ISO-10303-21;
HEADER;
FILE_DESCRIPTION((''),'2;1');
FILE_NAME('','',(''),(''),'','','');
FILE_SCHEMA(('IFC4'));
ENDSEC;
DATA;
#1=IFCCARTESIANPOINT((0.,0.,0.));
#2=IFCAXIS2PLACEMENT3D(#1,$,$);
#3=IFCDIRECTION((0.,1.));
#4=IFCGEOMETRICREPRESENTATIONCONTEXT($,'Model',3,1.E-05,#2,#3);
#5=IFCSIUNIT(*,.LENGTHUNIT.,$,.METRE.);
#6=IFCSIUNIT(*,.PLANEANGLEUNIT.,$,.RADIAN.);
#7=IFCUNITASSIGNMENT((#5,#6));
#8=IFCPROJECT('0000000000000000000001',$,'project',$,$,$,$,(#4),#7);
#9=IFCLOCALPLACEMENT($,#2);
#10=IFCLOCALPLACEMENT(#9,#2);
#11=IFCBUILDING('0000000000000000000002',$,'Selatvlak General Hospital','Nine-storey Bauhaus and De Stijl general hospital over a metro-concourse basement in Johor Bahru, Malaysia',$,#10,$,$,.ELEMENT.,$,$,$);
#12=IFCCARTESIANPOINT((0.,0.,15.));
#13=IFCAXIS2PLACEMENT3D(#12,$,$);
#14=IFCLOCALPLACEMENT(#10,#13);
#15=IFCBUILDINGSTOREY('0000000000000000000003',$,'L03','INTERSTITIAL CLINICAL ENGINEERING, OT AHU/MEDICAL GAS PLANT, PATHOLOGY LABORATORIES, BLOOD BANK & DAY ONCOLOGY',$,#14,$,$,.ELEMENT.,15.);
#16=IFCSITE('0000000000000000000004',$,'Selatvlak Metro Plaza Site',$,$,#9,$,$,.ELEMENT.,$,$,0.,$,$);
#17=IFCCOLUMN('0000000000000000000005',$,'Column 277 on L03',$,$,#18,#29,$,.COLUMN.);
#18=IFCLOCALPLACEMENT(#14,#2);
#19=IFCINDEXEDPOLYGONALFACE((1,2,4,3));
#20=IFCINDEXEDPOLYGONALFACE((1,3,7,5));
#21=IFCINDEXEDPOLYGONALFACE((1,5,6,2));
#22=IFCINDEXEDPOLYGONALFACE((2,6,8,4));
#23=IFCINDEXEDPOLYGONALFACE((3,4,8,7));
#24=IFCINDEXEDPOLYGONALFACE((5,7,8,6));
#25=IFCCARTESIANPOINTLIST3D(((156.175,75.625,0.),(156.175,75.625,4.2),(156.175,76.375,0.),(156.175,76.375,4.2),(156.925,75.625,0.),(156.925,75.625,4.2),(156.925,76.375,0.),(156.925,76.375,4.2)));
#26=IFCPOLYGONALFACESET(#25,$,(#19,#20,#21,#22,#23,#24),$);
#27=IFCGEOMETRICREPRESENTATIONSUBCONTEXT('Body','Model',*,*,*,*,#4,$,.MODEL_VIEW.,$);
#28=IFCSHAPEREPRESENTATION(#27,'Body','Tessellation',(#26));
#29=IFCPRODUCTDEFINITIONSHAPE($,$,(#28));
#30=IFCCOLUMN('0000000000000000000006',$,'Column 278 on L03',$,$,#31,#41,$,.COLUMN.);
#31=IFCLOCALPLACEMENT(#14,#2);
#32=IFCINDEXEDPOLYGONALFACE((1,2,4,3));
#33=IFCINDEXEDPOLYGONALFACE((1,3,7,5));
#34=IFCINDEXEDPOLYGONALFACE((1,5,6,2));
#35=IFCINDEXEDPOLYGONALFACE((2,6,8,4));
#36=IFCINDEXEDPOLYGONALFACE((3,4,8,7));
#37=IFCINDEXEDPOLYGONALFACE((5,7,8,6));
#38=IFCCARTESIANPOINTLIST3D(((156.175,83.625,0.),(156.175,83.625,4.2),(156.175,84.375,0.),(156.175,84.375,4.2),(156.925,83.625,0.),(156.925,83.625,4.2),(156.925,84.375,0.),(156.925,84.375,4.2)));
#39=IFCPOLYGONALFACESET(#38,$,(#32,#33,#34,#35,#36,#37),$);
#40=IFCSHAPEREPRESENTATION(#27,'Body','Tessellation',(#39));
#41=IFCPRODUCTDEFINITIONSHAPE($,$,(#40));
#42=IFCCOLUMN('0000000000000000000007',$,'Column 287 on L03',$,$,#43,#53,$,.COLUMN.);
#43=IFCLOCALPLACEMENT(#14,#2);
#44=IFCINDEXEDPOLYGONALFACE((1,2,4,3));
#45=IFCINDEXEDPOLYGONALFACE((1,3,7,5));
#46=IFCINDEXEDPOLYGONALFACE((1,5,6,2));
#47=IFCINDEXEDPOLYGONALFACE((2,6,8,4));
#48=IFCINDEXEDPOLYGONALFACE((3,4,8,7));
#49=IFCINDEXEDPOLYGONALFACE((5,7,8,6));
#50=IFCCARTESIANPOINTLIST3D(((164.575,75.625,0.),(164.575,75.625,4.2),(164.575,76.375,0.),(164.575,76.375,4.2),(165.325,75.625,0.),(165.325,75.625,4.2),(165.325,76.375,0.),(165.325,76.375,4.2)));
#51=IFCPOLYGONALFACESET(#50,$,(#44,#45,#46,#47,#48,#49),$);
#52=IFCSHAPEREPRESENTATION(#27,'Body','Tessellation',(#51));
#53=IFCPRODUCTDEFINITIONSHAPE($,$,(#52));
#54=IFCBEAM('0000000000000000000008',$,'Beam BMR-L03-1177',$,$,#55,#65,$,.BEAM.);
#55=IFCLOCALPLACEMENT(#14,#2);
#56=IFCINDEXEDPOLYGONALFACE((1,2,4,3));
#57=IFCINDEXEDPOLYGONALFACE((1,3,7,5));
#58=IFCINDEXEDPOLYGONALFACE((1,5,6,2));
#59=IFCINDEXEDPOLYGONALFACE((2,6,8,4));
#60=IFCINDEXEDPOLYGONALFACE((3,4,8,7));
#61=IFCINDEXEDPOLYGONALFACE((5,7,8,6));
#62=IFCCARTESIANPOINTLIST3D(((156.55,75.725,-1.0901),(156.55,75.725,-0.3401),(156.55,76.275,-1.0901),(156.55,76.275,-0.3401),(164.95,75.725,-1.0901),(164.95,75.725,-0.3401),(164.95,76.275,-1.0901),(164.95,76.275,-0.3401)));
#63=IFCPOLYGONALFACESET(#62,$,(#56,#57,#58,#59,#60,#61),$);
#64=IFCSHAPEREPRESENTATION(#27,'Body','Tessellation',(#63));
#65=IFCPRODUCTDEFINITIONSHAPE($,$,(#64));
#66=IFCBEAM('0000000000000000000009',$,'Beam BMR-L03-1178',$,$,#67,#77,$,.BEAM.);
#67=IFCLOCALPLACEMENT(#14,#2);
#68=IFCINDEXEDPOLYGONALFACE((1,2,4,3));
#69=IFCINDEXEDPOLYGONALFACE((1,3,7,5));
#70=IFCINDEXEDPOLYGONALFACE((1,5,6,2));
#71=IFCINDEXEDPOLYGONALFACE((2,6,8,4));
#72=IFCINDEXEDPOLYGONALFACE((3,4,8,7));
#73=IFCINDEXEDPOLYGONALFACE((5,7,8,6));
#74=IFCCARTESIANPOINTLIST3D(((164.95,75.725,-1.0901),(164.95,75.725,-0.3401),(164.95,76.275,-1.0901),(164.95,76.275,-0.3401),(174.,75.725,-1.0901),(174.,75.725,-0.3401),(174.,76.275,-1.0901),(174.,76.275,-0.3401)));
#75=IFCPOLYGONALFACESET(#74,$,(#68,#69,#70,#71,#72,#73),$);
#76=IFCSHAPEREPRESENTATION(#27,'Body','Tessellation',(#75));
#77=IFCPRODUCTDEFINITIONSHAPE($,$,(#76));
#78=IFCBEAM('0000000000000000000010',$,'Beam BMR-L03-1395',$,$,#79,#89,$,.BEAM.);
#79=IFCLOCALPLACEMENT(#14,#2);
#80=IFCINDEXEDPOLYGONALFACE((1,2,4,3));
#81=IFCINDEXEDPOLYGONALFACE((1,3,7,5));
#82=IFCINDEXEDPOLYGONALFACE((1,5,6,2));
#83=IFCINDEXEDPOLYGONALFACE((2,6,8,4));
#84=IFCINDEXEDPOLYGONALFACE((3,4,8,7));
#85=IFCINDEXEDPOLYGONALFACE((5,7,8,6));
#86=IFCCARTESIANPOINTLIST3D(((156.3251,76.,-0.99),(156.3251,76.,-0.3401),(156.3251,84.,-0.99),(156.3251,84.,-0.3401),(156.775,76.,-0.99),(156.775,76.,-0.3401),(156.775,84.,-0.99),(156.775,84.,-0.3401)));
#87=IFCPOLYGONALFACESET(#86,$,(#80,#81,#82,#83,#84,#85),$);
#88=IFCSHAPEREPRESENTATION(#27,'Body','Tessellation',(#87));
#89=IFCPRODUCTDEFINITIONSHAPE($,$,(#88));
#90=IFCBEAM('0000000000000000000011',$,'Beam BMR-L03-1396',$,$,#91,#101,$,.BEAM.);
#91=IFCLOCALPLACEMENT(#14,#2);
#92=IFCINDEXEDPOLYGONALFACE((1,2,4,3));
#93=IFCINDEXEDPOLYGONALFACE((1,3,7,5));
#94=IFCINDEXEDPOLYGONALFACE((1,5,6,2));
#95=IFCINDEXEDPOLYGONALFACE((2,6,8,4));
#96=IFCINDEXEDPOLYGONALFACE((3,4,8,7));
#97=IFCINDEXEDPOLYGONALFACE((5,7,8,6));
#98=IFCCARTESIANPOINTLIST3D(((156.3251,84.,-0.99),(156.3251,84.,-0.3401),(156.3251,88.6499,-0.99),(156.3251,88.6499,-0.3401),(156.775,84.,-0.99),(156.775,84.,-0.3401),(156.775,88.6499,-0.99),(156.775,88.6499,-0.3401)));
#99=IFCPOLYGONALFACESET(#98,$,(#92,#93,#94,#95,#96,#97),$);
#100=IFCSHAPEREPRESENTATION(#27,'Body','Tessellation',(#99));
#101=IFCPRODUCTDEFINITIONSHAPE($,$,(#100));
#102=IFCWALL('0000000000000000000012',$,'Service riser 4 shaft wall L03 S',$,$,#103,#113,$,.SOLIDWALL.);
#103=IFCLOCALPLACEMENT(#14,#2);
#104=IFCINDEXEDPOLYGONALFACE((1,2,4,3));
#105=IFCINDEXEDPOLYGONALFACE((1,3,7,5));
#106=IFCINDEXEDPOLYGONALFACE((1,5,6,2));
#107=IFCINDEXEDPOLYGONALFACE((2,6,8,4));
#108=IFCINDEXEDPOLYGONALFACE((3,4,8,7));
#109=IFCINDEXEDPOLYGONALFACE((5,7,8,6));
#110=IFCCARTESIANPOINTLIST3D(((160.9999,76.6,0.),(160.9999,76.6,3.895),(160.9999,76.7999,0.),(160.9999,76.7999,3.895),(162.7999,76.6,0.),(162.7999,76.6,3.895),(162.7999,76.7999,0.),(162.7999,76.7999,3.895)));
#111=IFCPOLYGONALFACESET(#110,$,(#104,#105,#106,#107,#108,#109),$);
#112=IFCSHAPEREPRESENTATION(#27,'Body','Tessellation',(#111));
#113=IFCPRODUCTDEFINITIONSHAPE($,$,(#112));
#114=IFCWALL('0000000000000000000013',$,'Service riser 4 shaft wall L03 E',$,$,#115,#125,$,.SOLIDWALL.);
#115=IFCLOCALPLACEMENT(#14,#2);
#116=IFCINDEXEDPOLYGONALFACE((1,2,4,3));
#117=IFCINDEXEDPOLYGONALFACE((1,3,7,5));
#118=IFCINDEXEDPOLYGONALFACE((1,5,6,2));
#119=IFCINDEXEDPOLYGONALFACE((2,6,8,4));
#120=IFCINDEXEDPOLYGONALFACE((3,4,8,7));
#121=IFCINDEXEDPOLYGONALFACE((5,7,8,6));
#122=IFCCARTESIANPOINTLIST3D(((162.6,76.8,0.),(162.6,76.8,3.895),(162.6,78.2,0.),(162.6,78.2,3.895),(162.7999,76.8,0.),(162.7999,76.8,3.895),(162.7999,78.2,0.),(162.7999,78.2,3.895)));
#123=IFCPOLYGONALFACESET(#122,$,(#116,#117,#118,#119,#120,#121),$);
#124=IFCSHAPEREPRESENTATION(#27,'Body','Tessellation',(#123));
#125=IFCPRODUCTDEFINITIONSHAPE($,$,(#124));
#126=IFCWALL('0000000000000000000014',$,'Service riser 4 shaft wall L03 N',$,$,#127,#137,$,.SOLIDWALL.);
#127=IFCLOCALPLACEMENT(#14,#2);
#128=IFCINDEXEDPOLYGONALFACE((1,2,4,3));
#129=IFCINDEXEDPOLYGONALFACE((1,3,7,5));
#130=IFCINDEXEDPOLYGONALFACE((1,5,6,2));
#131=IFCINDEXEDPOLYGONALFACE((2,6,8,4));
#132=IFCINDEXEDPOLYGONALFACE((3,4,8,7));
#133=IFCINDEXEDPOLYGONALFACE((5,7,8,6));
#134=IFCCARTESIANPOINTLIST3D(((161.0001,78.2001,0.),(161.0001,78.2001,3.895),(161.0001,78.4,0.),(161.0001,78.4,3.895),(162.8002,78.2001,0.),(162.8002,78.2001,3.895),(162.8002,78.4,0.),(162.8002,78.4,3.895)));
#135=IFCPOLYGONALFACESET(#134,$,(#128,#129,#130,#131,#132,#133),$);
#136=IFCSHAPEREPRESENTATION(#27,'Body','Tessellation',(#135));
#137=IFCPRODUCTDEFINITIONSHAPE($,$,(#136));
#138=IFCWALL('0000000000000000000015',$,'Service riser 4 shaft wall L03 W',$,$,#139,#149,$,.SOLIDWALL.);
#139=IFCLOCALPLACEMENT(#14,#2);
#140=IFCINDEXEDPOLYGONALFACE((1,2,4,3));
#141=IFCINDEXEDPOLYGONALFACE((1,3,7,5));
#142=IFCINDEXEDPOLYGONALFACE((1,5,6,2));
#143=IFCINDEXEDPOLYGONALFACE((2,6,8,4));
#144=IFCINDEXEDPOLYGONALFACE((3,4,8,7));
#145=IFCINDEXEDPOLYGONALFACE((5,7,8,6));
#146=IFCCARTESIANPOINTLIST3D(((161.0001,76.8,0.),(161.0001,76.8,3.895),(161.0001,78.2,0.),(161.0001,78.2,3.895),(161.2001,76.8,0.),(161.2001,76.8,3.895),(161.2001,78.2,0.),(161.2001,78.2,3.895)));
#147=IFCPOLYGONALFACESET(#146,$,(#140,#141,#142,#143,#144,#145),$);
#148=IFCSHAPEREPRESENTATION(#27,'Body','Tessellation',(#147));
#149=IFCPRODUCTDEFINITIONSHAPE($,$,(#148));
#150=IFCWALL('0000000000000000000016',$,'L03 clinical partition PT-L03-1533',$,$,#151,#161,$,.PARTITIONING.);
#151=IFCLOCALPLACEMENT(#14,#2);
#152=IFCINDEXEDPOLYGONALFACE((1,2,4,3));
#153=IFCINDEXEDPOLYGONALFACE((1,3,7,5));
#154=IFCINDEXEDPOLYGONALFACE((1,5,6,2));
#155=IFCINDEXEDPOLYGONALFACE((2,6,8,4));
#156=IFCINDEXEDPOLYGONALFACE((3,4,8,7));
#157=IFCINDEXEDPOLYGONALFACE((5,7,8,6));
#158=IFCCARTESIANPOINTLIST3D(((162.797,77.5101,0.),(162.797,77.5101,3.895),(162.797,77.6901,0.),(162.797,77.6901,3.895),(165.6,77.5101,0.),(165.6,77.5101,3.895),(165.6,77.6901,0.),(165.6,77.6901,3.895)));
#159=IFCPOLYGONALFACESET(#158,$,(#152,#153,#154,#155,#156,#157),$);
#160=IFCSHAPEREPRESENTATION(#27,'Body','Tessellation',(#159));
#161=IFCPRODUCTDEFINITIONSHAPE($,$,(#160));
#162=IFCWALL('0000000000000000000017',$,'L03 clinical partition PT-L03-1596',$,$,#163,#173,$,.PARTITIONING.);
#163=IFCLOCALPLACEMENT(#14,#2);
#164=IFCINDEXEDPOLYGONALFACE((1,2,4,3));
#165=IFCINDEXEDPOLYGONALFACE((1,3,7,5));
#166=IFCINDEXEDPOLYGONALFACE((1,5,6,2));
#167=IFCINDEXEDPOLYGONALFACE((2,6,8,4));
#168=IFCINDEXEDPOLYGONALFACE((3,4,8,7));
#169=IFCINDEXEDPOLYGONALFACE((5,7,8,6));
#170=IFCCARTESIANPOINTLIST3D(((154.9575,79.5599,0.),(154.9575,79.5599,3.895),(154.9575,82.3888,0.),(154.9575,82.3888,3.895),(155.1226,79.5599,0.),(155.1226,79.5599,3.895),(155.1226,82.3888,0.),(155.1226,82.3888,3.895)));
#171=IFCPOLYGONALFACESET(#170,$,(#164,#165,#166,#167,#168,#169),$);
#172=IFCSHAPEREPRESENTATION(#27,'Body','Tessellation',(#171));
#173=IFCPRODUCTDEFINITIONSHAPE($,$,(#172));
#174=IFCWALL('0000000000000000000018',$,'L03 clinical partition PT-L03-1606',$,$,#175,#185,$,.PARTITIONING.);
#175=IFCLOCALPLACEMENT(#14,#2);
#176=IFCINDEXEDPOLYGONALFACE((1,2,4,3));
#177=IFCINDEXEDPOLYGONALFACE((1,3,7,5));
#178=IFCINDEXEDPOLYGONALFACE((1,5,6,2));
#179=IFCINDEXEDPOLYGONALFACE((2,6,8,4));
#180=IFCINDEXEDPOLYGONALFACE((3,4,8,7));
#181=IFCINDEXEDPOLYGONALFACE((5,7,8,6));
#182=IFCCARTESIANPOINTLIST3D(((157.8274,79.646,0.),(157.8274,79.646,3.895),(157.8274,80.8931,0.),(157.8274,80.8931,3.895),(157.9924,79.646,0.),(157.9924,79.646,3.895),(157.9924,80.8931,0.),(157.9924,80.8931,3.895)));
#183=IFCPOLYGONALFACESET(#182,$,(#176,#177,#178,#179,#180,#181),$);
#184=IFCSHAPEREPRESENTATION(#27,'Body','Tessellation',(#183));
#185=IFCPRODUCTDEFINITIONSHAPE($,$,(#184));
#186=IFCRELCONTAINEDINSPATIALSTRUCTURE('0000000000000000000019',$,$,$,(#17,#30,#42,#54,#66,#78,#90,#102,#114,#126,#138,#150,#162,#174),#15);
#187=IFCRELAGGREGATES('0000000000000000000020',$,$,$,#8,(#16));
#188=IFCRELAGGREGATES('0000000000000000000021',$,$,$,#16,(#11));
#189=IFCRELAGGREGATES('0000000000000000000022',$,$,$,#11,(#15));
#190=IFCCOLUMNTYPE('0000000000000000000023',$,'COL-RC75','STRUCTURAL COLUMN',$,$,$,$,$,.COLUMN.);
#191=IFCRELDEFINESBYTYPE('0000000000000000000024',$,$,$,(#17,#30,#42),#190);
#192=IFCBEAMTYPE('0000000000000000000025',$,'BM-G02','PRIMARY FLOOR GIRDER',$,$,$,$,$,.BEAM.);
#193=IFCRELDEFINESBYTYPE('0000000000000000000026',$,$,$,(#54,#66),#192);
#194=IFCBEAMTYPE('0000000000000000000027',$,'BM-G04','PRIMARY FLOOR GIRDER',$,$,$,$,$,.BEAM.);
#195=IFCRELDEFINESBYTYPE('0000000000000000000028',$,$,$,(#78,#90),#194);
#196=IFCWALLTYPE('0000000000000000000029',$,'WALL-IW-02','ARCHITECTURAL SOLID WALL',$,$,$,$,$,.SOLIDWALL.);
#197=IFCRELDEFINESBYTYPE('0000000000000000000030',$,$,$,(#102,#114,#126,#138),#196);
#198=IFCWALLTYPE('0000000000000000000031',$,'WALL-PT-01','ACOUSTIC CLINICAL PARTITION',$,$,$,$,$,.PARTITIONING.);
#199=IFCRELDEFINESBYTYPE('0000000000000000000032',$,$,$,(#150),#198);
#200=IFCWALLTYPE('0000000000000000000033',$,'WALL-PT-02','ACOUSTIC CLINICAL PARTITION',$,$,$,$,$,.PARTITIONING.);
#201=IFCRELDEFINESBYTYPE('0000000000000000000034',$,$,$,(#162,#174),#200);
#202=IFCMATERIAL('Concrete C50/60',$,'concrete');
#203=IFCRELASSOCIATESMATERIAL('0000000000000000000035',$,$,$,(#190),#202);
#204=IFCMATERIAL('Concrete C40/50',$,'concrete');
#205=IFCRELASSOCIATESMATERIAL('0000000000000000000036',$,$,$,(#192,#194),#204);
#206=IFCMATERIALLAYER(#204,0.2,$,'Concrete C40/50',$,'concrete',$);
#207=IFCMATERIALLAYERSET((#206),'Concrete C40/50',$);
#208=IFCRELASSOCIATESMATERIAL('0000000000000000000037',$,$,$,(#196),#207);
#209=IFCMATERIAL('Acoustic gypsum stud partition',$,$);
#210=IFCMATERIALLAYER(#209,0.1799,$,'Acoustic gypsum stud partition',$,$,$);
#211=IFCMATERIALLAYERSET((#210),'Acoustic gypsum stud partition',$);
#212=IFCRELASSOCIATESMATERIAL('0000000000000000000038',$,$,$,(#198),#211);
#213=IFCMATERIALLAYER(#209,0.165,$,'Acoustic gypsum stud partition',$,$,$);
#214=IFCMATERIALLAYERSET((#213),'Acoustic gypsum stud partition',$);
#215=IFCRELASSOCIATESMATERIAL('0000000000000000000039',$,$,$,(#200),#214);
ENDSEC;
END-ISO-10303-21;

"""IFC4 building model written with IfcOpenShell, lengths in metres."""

from ifc_helpers import new_model, si_unit, direction, frame, frame_2d, origin, origin_2d, place, context, subcontext, project, spatial, rectangle, extrude, material, layer, layer_set, material_profile, profile_set, type_object, element, save


model = new_model("IFC4")

# Units and contexts
model_context = context("Model", 3, precision=1e-05, world=origin(), true_north=direction((0.0, 1.0)))
body_context = subcontext(model_context, "Body", "Model", "MODEL_VIEW")
ifc_project = project(units=[si_unit("LENGTHUNIT", "METRE"), si_unit("PLANEANGLEUNIT", "RADIAN")], contexts=[model_context])

# Site, building, storey
site_placement = place(None, origin())
site = spatial("IfcSite", under=ifc_project, at=site_placement, Name="Selatvlak Metro Plaza Site", CompositionType="ELEMENT", RefElevation=0.0)
building_placement = place(site_placement, origin())
building = spatial("IfcBuilding", under=site, at=building_placement, Name="Selatvlak General Hospital", Description="Nine-storey Bauhaus and De Stijl general hospital over a metro-concourse basement in Johor Bahru, Malaysia", CompositionType="ELEMENT")
storey_placement = place(building_placement, frame((0.0, 0.0, 15.0)))
storey = spatial("IfcBuildingStorey", under=building, at=storey_placement, Name="L03", Description="INTERSTITIAL CLINICAL ENGINEERING, OT AHU/MEDICAL GAS PLANT, PATHOLOGY LABORATORIES, BLOOD BANK & DAY ONCOLOGY", CompositionType="ELEMENT", Elevation=15.0)

# Columns
ifc_material_1 = material(Name="Concrete C50/60", Category="concrete")
ifc_material_profile_1 = material_profile(ifc_material_1, rectangle(XDim=0.75, YDim=0.75, at=origin_2d()), Name="RC-COL 750x750")
ifc_profile_set_1 = profile_set([ifc_material_profile_1], Name="Concrete C50/60")
column_type = type_object("IfcColumnType", Name="COL-RC75", Description="STRUCTURAL COLUMN", PredefinedType="COLUMN", material=ifc_profile_set_1)
for number, where, z_axis, x_axis, name in (
    (1, (156.55, 76.0, 0.0), (0.0, 0.0, 1.0), (1.0, 0.0, 0.0), "Column 277 on L03"),
    (2, (156.55, 84.0, 0.0), (0.0, 0.0, 1.0), (1.0, 0.0, 0.0), "Column 278 on L03"),
    (3, (164.95, 76.0, 0.0), (0.0, 0.0, 1.0), (1.0, 0.0, 0.0), "Column 287 on L03"),
):
    element("IfcColumn", number, at=place(storey_placement, frame(where, z_axis=z_axis, x_axis=x_axis)), inside=storey, type_object=column_type, Name=name, PredefinedType="COLUMN", context=body_context, shape_type="SweptSolid", body=[
        extrude(rectangle(XDim=0.75, YDim=0.75, at=origin_2d()), origin(), (0.0, 0.0, 1.0), 4.2),
    ])

# Beams
ifc_material_2 = material(Name="Concrete C40/50", Category="concrete")
ifc_material_profile_2 = material_profile(ifc_material_2, rectangle(XDim=0.55, YDim=0.75, at=origin_2d()), Name="RC-BM 550x750")
ifc_profile_set_2 = profile_set([ifc_material_profile_2], Name="Concrete C40/50")
beam_type_1 = type_object("IfcBeamType", Name="BM-G02", Description="PRIMARY FLOOR GIRDER", PredefinedType="BEAM", material=ifc_profile_set_2)
beam_1_placement = place(storey_placement, frame((156.55, 76.0, -0.7151), z_axis=(1.0, 0.0, 0.0), x_axis=(0.0, 1.0, 0.0)))
element("IfcBeam", 4, at=beam_1_placement, inside=storey, type_object=beam_type_1, Name="Beam BMR-L03-1177", PredefinedType="BEAM", context=body_context, shape_type="SweptSolid", body=[
    extrude(rectangle(XDim=0.55, YDim=0.75, at=origin_2d()), origin(), (0.0, 0.0, 1.0), 8.3999),
])
beam_2_placement = place(storey_placement, frame((164.95, 76.0, -0.7151), z_axis=(1.0, 0.0, 0.0), x_axis=(0.0, 1.0, 0.0)))
element("IfcBeam", 5, at=beam_2_placement, inside=storey, type_object=beam_type_1, Name="Beam BMR-L03-1178", PredefinedType="BEAM", context=body_context, shape_type="SweptSolid", body=[
    extrude(rectangle(XDim=0.55, YDim=0.75, at=origin_2d()), origin(), (0.0, 0.0, 1.0), 9.05),
])
ifc_material_profile_3 = material_profile(ifc_material_2, rectangle(XDim=0.45, YDim=0.6499, at=origin_2d()), Name="RC-BM 450x650")
ifc_profile_set_3 = profile_set([ifc_material_profile_3], Name="Concrete C40/50")
beam_type_2 = type_object("IfcBeamType", Name="BM-G04", Description="PRIMARY FLOOR GIRDER", PredefinedType="BEAM", material=ifc_profile_set_3)
beam_3_placement = place(storey_placement, frame((156.55, 76.0, -0.665), z_axis=(0.0, 1.0, 0.0), x_axis=(-1.0, 0.0, 0.0)))
element("IfcBeam", 6, at=beam_3_placement, inside=storey, type_object=beam_type_2, Name="Beam BMR-L03-1395", PredefinedType="BEAM", context=body_context, shape_type="SweptSolid", body=[
    extrude(rectangle(XDim=0.45, YDim=0.6499, at=origin_2d()), origin(), (0.0, 0.0, 1.0), 8.0),
])
beam_4_placement = place(storey_placement, frame((156.55, 84.0, -0.665), z_axis=(0.0, 1.0, 0.0), x_axis=(-1.0, 0.0, 0.0)))
element("IfcBeam", 7, at=beam_4_placement, inside=storey, type_object=beam_type_2, Name="Beam BMR-L03-1396", PredefinedType="BEAM", context=body_context, shape_type="SweptSolid", body=[
    extrude(rectangle(XDim=0.45, YDim=0.6499, at=origin_2d()), origin(), (0.0, 0.0, 1.0), 4.6499),
])

# Walls
ifc_layer_1 = layer(ifc_material_2, 0.2, Name="Concrete C40/50", Category="concrete")
ifc_layer_set_1 = layer_set([ifc_layer_1], Name="Concrete C40/50")
wall_type_1 = type_object("IfcWallType", Name="WALL-IW-02", Description="ARCHITECTURAL SOLID WALL", PredefinedType="SOLIDWALL", material=ifc_layer_set_1)
wall_1_placement = place(storey_placement, frame((161.0, 76.7, 0.0), z_axis=(0.0, 0.0, 1.0), x_axis=(1.0, 0.0, 0.0)))
element("IfcWall", 8, at=wall_1_placement, inside=storey, type_object=wall_type_1, Name="Service riser 4 shaft wall L03 S", PredefinedType="SOLIDWALL", context=body_context, shape_type="SweptSolid", body=[
    extrude(rectangle(XDim=1.8, YDim=0.2, at=frame_2d((0.8999, 0.0))), origin(), (0.0, 0.0, 1.0), 3.895),
])
wall_2_placement = place(storey_placement, frame((162.7, 76.8, 0.0), z_axis=(0.0, 0.0, 1.0), x_axis=(0.0, 1.0, 0.0)))
element("IfcWall", 9, at=wall_2_placement, inside=storey, type_object=wall_type_1, Name="Service riser 4 shaft wall L03 E", PredefinedType="SOLIDWALL", context=body_context, shape_type="SweptSolid", body=[
    extrude(rectangle(XDim=1.3999, YDim=0.2, at=frame_2d((0.7, 0.0))), origin(), (0.0, 0.0, 1.0), 3.895),
])
wall_3_placement = place(storey_placement, frame((162.8, 78.3, 0.0), z_axis=(0.0, 0.0, 1.0), x_axis=(-1.0, 0.0, 0.0)))
element("IfcWall", 10, at=wall_3_placement, inside=storey, type_object=wall_type_1, Name="Service riser 4 shaft wall L03 N", PredefinedType="SOLIDWALL", context=body_context, shape_type="SweptSolid", body=[
    extrude(rectangle(XDim=1.8, YDim=0.2, at=frame_2d((0.8999, 0.0))), origin(), (0.0, 0.0, 1.0), 3.895),
])
wall_4_placement = place(storey_placement, frame((161.1001, 78.2, 0.0), z_axis=(0.0, 0.0, 1.0), x_axis=(0.0, -1.0, 0.0)))
element("IfcWall", 11, at=wall_4_placement, inside=storey, type_object=wall_type_1, Name="Service riser 4 shaft wall L03 W", PredefinedType="SOLIDWALL", context=body_context, shape_type="SweptSolid", body=[
    extrude(rectangle(XDim=1.3999, YDim=0.2, at=frame_2d((0.7, 0.0))), origin(), (0.0, 0.0, 1.0), 3.895),
])
ifc_material_3 = material(Name="Acoustic gypsum stud partition")
ifc_layer_2 = layer(ifc_material_3, 0.1799, Name="Acoustic gypsum stud partition")
ifc_layer_set_2 = layer_set([ifc_layer_2], Name="Acoustic gypsum stud partition")
wall_type_2 = type_object("IfcWallType", Name="WALL-PT-01", Description="ACOUSTIC CLINICAL PARTITION", PredefinedType="PARTITIONING", material=ifc_layer_set_2)
wall_5_placement = place(storey_placement, frame((162.7971, 77.6001, 0.0), z_axis=(0.0, 0.0, 1.0), x_axis=(1.0, 0.0, 0.0)))
element("IfcWall", 12, at=wall_5_placement, inside=storey, type_object=wall_type_2, Name="L03 clinical partition PT-L03-1533", PredefinedType="PARTITIONING", context=body_context, shape_type="SweptSolid", body=[
    extrude(rectangle(XDim=2.803, YDim=0.1799, at=frame_2d((1.4014, 0.0))), origin(), (0.0, 0.0, 1.0), 3.895),
])

# Walls
ifc_layer_3 = layer(ifc_material_3, 0.165, Name="Acoustic gypsum stud partition")
ifc_layer_set_3 = layer_set([ifc_layer_3], Name="Acoustic gypsum stud partition")
wall_type_3 = type_object("IfcWallType", Name="WALL-PT-02", Description="ACOUSTIC CLINICAL PARTITION", PredefinedType="PARTITIONING", material=ifc_layer_set_3)
wall_6_placement = place(storey_placement, frame((155.04, 82.3889, 0.0), z_axis=(0.0, 0.0, 1.0), x_axis=(0.0, -1.0, 0.0)))
element("IfcWall", 13, at=wall_6_placement, inside=storey, type_object=wall_type_3, Name="L03 clinical partition PT-L03-1596", PredefinedType="PARTITIONING", context=body_context, shape_type="SweptSolid", body=[
    extrude(rectangle(XDim=2.8289, YDim=0.165, at=frame_2d((1.4146, 0.0))), origin(), (0.0, 0.0, 1.0), 3.895),
])
wall_7_placement = place(storey_placement, frame((157.9099, 79.646, 0.0), z_axis=(0.0, 0.0, 1.0), x_axis=(0.0, 1.0, 0.0)))
element("IfcWall", 14, at=wall_7_placement, inside=storey, type_object=wall_type_3, Name="L03 clinical partition PT-L03-1606", PredefinedType="PARTITIONING", context=body_context, shape_type="SweptSolid", body=[
    extrude(rectangle(XDim=1.2471, YDim=0.165, at=frame_2d((0.6235, 0.0))), origin(), (0.0, 0.0, 1.0), 3.895),
])

save(model, "model.ifc")
